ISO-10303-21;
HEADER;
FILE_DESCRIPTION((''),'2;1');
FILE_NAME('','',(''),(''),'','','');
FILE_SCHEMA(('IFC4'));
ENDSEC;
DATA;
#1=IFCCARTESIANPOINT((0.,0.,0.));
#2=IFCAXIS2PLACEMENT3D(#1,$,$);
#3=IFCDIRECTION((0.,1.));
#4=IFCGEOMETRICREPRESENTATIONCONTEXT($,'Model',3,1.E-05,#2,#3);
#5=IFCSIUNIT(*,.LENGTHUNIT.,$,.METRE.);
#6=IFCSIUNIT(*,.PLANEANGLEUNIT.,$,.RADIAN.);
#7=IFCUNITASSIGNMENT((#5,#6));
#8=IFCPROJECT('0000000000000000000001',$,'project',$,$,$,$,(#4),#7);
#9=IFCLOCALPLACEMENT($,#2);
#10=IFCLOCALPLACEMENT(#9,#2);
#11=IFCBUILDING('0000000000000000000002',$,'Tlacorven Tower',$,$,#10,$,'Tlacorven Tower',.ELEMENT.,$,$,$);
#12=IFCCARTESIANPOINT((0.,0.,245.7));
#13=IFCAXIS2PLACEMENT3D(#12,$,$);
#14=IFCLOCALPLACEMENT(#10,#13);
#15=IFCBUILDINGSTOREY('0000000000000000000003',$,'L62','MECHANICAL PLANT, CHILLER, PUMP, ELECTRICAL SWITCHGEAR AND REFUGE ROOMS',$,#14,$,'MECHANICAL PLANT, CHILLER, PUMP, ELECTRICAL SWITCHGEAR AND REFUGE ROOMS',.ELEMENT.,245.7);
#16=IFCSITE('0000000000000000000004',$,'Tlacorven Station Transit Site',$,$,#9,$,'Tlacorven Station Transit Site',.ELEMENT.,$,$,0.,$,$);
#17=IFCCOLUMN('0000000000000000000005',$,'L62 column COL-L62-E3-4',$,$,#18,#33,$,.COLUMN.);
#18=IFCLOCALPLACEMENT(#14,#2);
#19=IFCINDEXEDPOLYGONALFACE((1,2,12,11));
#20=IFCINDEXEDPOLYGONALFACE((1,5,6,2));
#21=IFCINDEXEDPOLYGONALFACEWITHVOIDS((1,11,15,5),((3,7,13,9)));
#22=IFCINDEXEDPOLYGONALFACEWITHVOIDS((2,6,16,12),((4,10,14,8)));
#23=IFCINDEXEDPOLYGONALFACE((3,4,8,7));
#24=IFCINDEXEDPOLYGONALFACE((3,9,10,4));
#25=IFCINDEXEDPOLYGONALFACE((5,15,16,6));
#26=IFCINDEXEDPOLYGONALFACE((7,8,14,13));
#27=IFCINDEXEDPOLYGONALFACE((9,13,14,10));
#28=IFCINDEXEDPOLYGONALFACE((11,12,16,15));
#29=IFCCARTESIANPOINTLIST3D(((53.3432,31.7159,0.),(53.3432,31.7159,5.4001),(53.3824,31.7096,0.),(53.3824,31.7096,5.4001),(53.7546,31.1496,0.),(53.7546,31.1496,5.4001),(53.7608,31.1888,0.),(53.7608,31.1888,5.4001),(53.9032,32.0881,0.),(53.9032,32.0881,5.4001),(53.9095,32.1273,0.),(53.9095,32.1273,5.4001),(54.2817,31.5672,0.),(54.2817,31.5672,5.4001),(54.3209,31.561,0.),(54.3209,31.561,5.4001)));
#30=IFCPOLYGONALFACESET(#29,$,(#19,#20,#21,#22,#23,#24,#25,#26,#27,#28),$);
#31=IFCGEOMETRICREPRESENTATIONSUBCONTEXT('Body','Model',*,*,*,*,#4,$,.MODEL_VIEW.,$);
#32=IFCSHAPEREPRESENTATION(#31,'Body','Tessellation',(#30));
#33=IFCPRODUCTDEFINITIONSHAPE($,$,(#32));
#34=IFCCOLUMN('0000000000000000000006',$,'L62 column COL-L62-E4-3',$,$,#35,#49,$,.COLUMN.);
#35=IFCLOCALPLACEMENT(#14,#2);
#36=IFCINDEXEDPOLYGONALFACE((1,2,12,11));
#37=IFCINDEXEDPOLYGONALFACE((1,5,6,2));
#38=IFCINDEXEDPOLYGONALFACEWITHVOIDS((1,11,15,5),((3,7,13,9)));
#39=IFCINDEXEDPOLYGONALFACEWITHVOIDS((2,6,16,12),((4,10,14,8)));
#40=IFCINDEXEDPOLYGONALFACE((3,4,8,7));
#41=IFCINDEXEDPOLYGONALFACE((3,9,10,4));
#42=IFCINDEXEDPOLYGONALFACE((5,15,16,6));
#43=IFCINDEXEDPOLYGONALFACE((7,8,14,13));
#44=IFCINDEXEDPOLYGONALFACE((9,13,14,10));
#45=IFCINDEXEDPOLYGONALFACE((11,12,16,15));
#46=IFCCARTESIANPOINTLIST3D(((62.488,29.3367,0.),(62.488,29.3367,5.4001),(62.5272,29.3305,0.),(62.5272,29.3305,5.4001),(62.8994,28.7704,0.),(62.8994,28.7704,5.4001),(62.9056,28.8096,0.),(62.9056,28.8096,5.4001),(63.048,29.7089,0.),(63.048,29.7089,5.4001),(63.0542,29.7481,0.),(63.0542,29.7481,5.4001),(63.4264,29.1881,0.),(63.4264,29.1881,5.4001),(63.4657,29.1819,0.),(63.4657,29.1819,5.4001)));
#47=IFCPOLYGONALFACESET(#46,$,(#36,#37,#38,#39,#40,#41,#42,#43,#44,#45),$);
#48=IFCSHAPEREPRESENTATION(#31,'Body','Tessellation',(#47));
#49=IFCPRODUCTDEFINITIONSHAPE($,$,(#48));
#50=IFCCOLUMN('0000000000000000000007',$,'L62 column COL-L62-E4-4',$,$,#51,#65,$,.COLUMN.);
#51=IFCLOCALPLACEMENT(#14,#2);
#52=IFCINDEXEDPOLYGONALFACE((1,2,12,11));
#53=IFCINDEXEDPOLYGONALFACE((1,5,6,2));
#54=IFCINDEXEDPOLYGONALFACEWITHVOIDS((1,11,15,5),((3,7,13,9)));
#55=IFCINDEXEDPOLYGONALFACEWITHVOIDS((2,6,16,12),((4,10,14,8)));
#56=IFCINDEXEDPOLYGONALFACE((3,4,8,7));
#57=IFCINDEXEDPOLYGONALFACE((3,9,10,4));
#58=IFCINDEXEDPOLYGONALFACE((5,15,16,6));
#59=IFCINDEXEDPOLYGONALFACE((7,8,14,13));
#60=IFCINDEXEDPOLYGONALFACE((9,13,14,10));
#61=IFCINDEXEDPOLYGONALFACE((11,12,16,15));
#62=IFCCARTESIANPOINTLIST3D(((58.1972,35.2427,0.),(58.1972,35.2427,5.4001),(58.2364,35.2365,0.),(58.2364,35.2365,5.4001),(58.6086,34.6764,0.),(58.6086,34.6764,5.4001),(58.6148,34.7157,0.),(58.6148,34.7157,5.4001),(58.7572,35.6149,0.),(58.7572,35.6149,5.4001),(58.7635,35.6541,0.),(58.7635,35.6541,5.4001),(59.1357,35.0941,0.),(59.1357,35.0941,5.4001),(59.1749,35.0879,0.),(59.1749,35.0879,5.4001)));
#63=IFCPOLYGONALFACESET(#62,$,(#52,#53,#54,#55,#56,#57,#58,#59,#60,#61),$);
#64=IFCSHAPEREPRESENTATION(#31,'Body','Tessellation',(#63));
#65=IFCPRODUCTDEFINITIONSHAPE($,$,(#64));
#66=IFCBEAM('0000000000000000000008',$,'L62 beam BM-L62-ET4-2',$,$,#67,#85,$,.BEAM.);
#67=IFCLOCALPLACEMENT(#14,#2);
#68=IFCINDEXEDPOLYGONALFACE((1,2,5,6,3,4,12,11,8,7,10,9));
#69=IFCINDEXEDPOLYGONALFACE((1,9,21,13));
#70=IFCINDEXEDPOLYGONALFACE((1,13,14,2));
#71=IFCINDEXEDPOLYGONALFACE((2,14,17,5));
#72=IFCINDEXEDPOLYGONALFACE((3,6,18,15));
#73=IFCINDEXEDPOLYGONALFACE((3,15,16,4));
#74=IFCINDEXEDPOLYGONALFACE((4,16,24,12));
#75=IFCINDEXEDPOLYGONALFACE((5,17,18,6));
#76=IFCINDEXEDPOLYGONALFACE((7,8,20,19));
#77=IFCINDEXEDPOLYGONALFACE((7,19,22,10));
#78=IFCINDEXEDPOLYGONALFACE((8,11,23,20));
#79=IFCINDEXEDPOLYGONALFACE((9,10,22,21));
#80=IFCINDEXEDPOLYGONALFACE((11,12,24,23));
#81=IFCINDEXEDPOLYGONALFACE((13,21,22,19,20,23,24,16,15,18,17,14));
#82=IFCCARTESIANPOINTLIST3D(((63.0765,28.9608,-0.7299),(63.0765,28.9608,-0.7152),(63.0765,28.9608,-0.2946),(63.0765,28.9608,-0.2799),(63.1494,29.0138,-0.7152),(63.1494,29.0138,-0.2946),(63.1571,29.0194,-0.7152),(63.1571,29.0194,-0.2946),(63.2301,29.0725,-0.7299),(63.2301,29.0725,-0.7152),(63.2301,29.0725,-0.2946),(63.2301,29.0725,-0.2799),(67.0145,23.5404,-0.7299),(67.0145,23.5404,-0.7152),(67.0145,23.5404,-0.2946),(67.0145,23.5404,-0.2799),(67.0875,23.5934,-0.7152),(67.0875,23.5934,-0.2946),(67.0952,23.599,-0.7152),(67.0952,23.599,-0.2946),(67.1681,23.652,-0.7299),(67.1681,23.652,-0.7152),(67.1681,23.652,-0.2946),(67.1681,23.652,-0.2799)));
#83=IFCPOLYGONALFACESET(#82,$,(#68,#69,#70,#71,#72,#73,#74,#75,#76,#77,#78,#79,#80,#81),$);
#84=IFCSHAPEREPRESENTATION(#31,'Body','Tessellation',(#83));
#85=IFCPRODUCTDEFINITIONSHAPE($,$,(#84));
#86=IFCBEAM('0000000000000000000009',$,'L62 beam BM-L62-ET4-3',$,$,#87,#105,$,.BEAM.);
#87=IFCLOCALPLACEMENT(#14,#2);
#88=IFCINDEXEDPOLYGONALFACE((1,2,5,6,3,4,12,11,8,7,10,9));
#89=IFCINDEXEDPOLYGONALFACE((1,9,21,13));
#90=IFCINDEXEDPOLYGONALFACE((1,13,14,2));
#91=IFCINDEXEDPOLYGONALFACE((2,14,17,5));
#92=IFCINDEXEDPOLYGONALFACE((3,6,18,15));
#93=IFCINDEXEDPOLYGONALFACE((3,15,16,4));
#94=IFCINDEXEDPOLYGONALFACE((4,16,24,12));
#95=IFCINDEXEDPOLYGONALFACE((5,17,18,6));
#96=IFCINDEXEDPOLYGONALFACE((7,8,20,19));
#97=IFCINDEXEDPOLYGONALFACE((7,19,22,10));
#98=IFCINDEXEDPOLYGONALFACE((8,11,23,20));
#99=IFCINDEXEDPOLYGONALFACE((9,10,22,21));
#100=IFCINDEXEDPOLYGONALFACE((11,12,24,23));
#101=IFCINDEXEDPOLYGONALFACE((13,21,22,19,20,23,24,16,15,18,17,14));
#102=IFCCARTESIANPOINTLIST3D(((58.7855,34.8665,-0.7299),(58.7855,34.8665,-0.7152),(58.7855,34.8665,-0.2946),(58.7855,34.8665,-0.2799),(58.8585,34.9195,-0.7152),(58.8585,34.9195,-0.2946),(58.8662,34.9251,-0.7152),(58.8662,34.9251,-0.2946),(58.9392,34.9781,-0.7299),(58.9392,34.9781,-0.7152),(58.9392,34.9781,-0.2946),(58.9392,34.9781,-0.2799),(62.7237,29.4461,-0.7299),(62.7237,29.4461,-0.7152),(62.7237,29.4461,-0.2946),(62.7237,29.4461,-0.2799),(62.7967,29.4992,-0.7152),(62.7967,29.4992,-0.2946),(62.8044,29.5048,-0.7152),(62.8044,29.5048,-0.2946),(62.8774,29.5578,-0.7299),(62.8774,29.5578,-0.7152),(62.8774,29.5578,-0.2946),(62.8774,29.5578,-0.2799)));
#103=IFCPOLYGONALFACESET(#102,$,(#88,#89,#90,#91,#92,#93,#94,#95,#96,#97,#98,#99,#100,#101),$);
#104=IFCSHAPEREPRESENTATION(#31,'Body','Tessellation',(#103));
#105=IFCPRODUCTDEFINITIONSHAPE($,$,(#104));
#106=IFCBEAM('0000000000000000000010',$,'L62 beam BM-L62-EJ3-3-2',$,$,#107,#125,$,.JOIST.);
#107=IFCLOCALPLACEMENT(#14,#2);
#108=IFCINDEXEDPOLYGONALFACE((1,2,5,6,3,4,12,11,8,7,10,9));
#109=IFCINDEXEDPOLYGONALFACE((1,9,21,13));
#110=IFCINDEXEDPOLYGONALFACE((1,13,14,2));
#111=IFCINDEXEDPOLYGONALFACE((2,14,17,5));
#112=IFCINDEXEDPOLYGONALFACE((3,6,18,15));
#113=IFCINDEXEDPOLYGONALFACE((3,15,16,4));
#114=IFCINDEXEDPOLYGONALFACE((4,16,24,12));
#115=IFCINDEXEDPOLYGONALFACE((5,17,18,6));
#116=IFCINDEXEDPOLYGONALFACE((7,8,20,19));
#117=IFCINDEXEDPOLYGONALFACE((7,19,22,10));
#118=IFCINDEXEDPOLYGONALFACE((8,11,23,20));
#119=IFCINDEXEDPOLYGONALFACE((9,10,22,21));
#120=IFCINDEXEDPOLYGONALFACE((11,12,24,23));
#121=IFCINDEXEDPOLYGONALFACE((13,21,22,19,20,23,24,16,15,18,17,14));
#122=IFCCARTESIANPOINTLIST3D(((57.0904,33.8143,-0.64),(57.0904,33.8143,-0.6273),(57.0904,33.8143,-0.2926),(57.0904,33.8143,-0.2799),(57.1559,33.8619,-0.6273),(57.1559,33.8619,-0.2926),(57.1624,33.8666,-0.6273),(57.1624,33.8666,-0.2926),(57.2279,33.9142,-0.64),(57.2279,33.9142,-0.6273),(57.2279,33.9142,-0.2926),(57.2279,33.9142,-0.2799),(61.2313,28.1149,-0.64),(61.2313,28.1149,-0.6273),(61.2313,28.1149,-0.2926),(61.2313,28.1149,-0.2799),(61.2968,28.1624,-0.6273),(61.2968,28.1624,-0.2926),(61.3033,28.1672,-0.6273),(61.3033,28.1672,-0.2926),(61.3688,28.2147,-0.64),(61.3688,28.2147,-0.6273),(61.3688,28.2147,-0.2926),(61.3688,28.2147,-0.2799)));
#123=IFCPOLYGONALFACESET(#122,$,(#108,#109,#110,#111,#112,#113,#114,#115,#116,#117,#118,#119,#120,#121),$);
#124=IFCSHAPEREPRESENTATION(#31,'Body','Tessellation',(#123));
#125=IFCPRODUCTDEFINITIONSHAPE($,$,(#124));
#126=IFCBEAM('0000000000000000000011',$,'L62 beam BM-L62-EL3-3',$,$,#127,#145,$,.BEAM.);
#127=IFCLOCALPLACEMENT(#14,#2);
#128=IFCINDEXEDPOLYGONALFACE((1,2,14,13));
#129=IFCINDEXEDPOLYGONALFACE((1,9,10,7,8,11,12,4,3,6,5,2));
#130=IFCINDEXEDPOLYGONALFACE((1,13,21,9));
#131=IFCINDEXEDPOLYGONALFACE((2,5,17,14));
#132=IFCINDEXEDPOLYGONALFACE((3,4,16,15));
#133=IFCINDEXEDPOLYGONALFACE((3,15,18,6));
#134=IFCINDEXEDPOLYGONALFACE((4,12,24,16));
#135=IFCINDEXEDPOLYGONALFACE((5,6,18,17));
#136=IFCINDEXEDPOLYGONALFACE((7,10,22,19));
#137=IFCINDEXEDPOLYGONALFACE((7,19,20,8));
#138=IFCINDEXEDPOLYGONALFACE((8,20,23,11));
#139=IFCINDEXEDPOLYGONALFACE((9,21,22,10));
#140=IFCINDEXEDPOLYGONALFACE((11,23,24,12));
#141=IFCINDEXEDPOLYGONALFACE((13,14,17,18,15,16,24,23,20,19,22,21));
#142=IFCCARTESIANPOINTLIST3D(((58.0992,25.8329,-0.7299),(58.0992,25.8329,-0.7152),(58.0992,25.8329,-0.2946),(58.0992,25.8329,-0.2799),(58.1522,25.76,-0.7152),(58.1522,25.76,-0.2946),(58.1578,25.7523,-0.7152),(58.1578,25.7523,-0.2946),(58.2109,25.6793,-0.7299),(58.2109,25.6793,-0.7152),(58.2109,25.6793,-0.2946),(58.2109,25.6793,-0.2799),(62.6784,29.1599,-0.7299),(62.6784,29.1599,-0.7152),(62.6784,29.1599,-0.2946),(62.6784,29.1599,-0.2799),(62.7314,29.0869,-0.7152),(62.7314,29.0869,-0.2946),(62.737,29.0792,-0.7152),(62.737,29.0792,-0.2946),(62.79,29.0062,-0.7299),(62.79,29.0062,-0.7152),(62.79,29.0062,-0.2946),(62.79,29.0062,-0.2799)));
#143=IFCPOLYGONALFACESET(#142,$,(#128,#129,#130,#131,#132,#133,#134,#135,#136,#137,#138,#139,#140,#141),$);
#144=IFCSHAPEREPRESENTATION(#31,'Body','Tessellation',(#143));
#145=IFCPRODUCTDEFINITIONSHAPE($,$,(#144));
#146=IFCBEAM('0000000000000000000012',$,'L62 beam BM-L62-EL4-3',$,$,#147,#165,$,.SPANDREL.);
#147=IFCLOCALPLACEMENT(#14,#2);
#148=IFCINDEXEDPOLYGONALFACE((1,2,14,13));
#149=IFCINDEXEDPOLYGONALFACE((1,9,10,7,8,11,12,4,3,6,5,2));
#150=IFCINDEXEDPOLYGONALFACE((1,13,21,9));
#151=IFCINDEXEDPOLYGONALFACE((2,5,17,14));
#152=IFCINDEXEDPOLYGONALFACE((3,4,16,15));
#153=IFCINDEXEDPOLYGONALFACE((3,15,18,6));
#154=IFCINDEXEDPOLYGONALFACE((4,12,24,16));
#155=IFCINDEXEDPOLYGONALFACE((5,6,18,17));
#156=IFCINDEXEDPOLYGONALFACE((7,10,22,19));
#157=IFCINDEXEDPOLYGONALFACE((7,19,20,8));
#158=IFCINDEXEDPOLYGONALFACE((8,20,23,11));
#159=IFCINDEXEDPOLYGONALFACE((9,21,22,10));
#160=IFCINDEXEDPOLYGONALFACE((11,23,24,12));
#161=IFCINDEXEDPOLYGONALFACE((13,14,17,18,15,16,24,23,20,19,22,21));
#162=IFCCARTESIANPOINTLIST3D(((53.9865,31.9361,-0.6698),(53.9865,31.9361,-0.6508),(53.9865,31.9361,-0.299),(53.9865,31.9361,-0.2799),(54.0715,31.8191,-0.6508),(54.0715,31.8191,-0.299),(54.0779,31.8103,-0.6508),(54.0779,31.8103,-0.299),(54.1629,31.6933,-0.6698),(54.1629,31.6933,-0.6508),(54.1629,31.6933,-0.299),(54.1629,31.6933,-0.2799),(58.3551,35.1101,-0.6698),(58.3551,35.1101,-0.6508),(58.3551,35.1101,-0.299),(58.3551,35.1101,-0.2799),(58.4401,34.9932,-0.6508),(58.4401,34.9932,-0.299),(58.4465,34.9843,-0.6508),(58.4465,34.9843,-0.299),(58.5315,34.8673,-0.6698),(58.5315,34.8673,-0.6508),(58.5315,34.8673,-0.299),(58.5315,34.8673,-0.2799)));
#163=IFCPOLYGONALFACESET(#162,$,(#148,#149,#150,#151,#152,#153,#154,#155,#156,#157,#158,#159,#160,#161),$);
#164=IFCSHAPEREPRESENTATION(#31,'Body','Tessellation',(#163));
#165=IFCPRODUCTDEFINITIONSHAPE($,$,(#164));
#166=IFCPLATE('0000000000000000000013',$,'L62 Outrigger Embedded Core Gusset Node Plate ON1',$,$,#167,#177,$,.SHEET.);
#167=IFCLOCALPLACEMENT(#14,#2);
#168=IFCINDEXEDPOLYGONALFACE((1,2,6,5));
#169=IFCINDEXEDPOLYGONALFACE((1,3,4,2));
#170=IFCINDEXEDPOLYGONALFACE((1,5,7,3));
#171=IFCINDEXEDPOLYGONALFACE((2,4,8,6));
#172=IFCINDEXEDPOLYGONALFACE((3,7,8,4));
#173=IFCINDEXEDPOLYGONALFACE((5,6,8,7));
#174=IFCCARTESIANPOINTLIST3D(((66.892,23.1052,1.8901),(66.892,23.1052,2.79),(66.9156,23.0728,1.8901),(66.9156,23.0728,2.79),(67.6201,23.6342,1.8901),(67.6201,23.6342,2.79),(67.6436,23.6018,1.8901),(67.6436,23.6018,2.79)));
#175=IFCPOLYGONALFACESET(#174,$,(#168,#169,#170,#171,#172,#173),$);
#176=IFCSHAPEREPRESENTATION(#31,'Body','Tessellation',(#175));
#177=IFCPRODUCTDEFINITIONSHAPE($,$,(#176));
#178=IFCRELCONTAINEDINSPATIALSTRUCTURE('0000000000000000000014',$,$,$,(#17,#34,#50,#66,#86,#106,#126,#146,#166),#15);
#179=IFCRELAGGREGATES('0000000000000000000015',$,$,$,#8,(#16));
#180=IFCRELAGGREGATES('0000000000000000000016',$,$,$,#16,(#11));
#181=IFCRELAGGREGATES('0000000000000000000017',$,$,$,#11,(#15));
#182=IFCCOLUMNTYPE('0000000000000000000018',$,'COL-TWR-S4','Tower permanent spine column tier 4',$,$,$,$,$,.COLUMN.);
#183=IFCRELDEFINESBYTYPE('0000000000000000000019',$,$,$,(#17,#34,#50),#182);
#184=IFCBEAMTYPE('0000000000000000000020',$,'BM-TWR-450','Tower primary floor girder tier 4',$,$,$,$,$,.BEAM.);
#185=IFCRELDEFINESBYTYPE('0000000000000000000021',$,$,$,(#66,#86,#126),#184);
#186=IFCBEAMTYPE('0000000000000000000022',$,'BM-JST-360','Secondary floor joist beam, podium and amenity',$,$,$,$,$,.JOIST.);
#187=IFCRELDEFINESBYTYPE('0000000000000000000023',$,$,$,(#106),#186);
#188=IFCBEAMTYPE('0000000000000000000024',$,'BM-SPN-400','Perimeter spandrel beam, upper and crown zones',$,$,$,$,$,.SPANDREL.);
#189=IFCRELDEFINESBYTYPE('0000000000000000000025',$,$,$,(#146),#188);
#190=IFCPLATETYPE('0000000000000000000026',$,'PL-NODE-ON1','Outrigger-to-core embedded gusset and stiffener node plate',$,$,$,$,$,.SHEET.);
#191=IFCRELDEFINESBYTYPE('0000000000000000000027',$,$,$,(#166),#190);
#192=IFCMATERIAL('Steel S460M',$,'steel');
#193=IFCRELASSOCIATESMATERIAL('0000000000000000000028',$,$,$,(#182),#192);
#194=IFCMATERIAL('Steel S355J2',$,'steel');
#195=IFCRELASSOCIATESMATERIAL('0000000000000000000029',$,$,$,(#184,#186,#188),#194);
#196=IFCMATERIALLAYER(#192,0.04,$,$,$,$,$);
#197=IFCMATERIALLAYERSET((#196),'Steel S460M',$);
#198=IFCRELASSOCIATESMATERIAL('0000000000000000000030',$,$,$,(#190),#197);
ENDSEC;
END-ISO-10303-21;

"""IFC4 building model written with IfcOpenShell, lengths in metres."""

from ifc_helpers import new_model, si_unit, direction, frame, origin, origin_2d, place, context, subcontext, project, spatial, rectangle, hollow_rectangle, i_section, extrude, source, transform, mapped, material, layer, layer_set, material_profile, profile_set, type_object, element, save


model = new_model("IFC4")

# Units and contexts
model_context = context("Model", 3, precision=1e-05, world=origin(), true_north=direction((0.0, 1.0)))
body_context = subcontext(model_context, "Body", "Model", "MODEL_VIEW")
ifc_project = project(units=[si_unit("LENGTHUNIT", "METRE"), si_unit("PLANEANGLEUNIT", "RADIAN")], contexts=[model_context])

# Site, building, storey
site_placement = place(None, origin())
site = spatial("IfcSite", under=ifc_project, at=site_placement, Name="Tlacorven Station Transit Site", LongName="Tlacorven Station Transit Site", CompositionType="ELEMENT", RefElevation=0.0)
building_placement = place(site_placement, origin())
building = spatial("IfcBuilding", under=site, at=building_placement, Name="Tlacorven Tower", LongName="Tlacorven Tower", CompositionType="ELEMENT")
storey_placement = place(building_placement, frame((0.0, 0.0, 245.7)))
storey = spatial("IfcBuildingStorey", under=building, at=storey_placement, Name="L62", Description="MECHANICAL PLANT, CHILLER, PUMP, ELECTRICAL SWITCHGEAR AND REFUGE ROOMS", LongName="MECHANICAL PLANT, CHILLER, PUMP, ELECTRICAL SWITCHGEAR AND REFUGE ROOMS", CompositionType="ELEMENT", Elevation=245.7)

# Columns
ifc_material_1 = material(Name="Steel S460M", Category="steel")
ifc_material_profile_1 = material_profile(ifc_material_1, hollow_rectangle(XDim=0.7, YDim=0.7, WallThickness=0.0281, at=origin_2d()), Name="BOX 700X700X28")
ifc_profile_set_1 = profile_set([ifc_material_profile_1], Name="Steel S460M")
column_type = type_object("IfcColumnType", Name="COL-TWR-S4", Description="Tower permanent spine column tier 4", PredefinedType="COLUMN", material=ifc_profile_set_1)
shared_shape_1 = source(origin(), body_context, "Body", "SweptSolid", [
    extrude(hollow_rectangle(XDim=0.7, YDim=0.7, WallThickness=0.0281, at=origin_2d()), origin(), (0.0, 0.0, 1.0), 5.4001),
])
for number, where, z_axis, x_axis, name in (
    (1, (53.832, 31.6384, 0.0), (0.0, 0.0, 1.0), (0.809017, 0.587785, 0.0), "L62 column COL-L62-E3-4"),
    (2, (62.9768, 29.2593, 0.0), (0.0, 0.0, 1.0), (0.809017, 0.587785, 0.0), "L62 column COL-L62-E4-3"),
    (3, (58.686, 35.1653, 0.0), (0.0, 0.0, 1.0), (0.809017, 0.587785, 0.0), "L62 column COL-L62-E4-4"),
):
    element("IfcColumn", number, at=place(storey_placement, frame(where, z_axis=z_axis, x_axis=x_axis)), inside=storey, type_object=column_type, Name=name, PredefinedType="COLUMN", context=body_context, shape_type="MappedRepresentation", body=[
        mapped(shared_shape_1, transform((0.0, 0.0, 0.0), scale=1.0)),
    ])

# Beams
ifc_material_2 = material(Name="Steel S355J2", Category="steel")
ifc_material_profile_2 = material_profile(ifc_material_2, i_section(OverallWidth=0.1899, OverallDepth=0.45, WebThickness=0.0095, FlangeThickness=0.0146, at=origin_2d()), Name="IPE 450")
ifc_profile_set_2 = profile_set([ifc_material_profile_2], Name="Steel S355J2")
beam_type_1 = type_object("IfcBeamType", Name="BM-TWR-450", Description="Tower primary floor girder tier 4", PredefinedType="BEAM", material=ifc_profile_set_2)
shared_shape_2 = source(origin(), body_context, "Body", "SweptSolid", [
    extrude(i_section(OverallWidth=0.1899, OverallDepth=0.45, WebThickness=0.0095, FlangeThickness=0.0146, at=origin_2d()), origin(), (0.0, 0.0, 1.0), 6.7),
])
for number, where, z_axis, x_axis, name in (
    (4, (67.0913, 23.5962, -0.5049), (-0.587769, 0.809029, 0.0), (-0.809029, -0.587769, 0.0), "L62 beam BM-L62-ET4-2"),
    (5, (62.8005, 29.502, -0.5049), (-0.587792, 0.809012, 0.0), (-0.809012, -0.587792, 0.0), "L62 beam BM-L62-ET4-3"),
):
    element("IfcBeam", number, at=place(storey_placement, frame(where, z_axis=z_axis, x_axis=x_axis)), inside=storey, type_object=beam_type_1, Name=name, PredefinedType="BEAM", context=body_context, shape_type="MappedRepresentation", body=[
        mapped(shared_shape_2, transform((0.0, 0.0, 0.0), scale=1.0)),
    ])
ifc_material_profile_3 = material_profile(ifc_material_2, i_section(OverallWidth=0.1699, OverallDepth=0.3601, WebThickness=0.0081, FlangeThickness=0.0127, at=origin_2d()), Name="IPE 360")
ifc_profile_set_3 = profile_set([ifc_material_profile_3], Name="Steel S355J2")
beam_type_2 = type_object("IfcBeamType", Name="BM-JST-360", Description="Secondary floor joist beam, podium and amenity", PredefinedType="JOIST", material=ifc_profile_set_3)
shared_shape_3 = source(origin(), body_context, "Body", "SweptSolid", [
    extrude(i_section(OverallWidth=0.1699, OverallDepth=0.3601, WebThickness=0.0081, FlangeThickness=0.0127, at=origin_2d()), origin(), (0.0, 0.0, 1.0), 7.0449),
])
beam_1_placement = place(storey_placement, frame((61.3, 28.1648, -0.46), z_axis=(-0.587782, 0.809019, 0.0), x_axis=(-0.809019, -0.587782, 0.0)))
element("IfcBeam", 6, at=beam_1_placement, inside=storey, type_object=beam_type_2, Name="L62 beam BM-L62-EJ3-3-2", PredefinedType="JOIST", context=body_context, shape_type="MappedRepresentation", body=[
    mapped(shared_shape_3, transform((0.0, 0.0, 0.0), scale=1.0)),
])
shared_shape_4 = source(origin(), body_context, "Body", "SweptSolid", [
    extrude(i_section(OverallWidth=0.1899, OverallDepth=0.45, WebThickness=0.0095, FlangeThickness=0.0146, at=origin_2d()), origin(), (0.0, 0.0, 1.0), 5.6602),
])
beam_2_placement = place(storey_placement, frame((58.155, 25.7561, -0.5049), z_axis=(0.809018, 0.587784, 0.0), x_axis=(-0.587784, 0.809018, 0.0)))
element("IfcBeam", 7, at=beam_2_placement, inside=storey, type_object=beam_type_1, Name="L62 beam BM-L62-EL3-3", PredefinedType="BEAM", context=body_context, shape_type="MappedRepresentation", body=[
    mapped(shared_shape_4, transform((0.0, 0.0, 0.0), scale=1.0)),
])
ifc_material_profile_4 = material_profile(ifc_material_2, i_section(OverallWidth=0.3, OverallDepth=0.3899, WebThickness=0.011, FlangeThickness=0.019, at=origin_2d()), Name="HEA 400")
ifc_profile_set_4 = profile_set([ifc_material_profile_4], Name="Steel S355J2")
beam_type_3 = type_object("IfcBeamType", Name="BM-SPN-400", Description="Perimeter spandrel beam, upper and crown zones", PredefinedType="SPANDREL", material=ifc_profile_set_4)
shared_shape_5 = source(origin(), body_context, "Body", "SweptSolid", [
    extrude(i_section(OverallWidth=0.3, OverallDepth=0.3899, WebThickness=0.011, FlangeThickness=0.019, at=origin_2d()), origin(), (0.0, 0.0, 1.0), 5.3999),
])
beam_3_placement = place(storey_placement, frame((54.0747, 31.8147, -0.4749), z_axis=(0.809012, 0.587793, 0.0), x_axis=(-0.587793, 0.809012, 0.0)))
element("IfcBeam", 8, at=beam_3_placement, inside=storey, type_object=beam_type_3, Name="L62 beam BM-L62-EL4-3", PredefinedType="SPANDREL", context=body_context, shape_type="MappedRepresentation", body=[
    mapped(shared_shape_5, transform((0.0, 0.0, 0.0), scale=1.0)),
])

# Plate
ifc_layer_1 = layer(ifc_material_1, 0.04)
ifc_layer_set_1 = layer_set([ifc_layer_1], Name="Steel S460M")
plate_type = type_object("IfcPlateType", Name="PL-NODE-ON1", Description="Outrigger-to-core embedded gusset and stiffener node plate", PredefinedType="SHEET", material=ifc_layer_set_1)
shared_shape_6 = source(origin(), body_context, "Body", "SweptSolid", [
    extrude(rectangle(XDim=0.8999, YDim=0.04, at=origin_2d()), origin(), (0.0, 0.0, 1.0), 0.8999),
])
plate_placement = place(storey_placement, frame((67.2678, 23.3535, 1.8901), z_axis=(0.0, 0.0, 1.0), x_axis=(0.809017, 0.587785, 0.0)))
element("IfcPlate", 9, at=plate_placement, inside=storey, type_object=plate_type, Name="L62 Outrigger Embedded Core Gusset Node Plate ON1", PredefinedType="SHEET", context=body_context, shape_type="MappedRepresentation", body=[
    mapped(shared_shape_6, transform((0.0, 0.0, 0.0), scale=1.0)),
])

save(model, "model.ifc")
